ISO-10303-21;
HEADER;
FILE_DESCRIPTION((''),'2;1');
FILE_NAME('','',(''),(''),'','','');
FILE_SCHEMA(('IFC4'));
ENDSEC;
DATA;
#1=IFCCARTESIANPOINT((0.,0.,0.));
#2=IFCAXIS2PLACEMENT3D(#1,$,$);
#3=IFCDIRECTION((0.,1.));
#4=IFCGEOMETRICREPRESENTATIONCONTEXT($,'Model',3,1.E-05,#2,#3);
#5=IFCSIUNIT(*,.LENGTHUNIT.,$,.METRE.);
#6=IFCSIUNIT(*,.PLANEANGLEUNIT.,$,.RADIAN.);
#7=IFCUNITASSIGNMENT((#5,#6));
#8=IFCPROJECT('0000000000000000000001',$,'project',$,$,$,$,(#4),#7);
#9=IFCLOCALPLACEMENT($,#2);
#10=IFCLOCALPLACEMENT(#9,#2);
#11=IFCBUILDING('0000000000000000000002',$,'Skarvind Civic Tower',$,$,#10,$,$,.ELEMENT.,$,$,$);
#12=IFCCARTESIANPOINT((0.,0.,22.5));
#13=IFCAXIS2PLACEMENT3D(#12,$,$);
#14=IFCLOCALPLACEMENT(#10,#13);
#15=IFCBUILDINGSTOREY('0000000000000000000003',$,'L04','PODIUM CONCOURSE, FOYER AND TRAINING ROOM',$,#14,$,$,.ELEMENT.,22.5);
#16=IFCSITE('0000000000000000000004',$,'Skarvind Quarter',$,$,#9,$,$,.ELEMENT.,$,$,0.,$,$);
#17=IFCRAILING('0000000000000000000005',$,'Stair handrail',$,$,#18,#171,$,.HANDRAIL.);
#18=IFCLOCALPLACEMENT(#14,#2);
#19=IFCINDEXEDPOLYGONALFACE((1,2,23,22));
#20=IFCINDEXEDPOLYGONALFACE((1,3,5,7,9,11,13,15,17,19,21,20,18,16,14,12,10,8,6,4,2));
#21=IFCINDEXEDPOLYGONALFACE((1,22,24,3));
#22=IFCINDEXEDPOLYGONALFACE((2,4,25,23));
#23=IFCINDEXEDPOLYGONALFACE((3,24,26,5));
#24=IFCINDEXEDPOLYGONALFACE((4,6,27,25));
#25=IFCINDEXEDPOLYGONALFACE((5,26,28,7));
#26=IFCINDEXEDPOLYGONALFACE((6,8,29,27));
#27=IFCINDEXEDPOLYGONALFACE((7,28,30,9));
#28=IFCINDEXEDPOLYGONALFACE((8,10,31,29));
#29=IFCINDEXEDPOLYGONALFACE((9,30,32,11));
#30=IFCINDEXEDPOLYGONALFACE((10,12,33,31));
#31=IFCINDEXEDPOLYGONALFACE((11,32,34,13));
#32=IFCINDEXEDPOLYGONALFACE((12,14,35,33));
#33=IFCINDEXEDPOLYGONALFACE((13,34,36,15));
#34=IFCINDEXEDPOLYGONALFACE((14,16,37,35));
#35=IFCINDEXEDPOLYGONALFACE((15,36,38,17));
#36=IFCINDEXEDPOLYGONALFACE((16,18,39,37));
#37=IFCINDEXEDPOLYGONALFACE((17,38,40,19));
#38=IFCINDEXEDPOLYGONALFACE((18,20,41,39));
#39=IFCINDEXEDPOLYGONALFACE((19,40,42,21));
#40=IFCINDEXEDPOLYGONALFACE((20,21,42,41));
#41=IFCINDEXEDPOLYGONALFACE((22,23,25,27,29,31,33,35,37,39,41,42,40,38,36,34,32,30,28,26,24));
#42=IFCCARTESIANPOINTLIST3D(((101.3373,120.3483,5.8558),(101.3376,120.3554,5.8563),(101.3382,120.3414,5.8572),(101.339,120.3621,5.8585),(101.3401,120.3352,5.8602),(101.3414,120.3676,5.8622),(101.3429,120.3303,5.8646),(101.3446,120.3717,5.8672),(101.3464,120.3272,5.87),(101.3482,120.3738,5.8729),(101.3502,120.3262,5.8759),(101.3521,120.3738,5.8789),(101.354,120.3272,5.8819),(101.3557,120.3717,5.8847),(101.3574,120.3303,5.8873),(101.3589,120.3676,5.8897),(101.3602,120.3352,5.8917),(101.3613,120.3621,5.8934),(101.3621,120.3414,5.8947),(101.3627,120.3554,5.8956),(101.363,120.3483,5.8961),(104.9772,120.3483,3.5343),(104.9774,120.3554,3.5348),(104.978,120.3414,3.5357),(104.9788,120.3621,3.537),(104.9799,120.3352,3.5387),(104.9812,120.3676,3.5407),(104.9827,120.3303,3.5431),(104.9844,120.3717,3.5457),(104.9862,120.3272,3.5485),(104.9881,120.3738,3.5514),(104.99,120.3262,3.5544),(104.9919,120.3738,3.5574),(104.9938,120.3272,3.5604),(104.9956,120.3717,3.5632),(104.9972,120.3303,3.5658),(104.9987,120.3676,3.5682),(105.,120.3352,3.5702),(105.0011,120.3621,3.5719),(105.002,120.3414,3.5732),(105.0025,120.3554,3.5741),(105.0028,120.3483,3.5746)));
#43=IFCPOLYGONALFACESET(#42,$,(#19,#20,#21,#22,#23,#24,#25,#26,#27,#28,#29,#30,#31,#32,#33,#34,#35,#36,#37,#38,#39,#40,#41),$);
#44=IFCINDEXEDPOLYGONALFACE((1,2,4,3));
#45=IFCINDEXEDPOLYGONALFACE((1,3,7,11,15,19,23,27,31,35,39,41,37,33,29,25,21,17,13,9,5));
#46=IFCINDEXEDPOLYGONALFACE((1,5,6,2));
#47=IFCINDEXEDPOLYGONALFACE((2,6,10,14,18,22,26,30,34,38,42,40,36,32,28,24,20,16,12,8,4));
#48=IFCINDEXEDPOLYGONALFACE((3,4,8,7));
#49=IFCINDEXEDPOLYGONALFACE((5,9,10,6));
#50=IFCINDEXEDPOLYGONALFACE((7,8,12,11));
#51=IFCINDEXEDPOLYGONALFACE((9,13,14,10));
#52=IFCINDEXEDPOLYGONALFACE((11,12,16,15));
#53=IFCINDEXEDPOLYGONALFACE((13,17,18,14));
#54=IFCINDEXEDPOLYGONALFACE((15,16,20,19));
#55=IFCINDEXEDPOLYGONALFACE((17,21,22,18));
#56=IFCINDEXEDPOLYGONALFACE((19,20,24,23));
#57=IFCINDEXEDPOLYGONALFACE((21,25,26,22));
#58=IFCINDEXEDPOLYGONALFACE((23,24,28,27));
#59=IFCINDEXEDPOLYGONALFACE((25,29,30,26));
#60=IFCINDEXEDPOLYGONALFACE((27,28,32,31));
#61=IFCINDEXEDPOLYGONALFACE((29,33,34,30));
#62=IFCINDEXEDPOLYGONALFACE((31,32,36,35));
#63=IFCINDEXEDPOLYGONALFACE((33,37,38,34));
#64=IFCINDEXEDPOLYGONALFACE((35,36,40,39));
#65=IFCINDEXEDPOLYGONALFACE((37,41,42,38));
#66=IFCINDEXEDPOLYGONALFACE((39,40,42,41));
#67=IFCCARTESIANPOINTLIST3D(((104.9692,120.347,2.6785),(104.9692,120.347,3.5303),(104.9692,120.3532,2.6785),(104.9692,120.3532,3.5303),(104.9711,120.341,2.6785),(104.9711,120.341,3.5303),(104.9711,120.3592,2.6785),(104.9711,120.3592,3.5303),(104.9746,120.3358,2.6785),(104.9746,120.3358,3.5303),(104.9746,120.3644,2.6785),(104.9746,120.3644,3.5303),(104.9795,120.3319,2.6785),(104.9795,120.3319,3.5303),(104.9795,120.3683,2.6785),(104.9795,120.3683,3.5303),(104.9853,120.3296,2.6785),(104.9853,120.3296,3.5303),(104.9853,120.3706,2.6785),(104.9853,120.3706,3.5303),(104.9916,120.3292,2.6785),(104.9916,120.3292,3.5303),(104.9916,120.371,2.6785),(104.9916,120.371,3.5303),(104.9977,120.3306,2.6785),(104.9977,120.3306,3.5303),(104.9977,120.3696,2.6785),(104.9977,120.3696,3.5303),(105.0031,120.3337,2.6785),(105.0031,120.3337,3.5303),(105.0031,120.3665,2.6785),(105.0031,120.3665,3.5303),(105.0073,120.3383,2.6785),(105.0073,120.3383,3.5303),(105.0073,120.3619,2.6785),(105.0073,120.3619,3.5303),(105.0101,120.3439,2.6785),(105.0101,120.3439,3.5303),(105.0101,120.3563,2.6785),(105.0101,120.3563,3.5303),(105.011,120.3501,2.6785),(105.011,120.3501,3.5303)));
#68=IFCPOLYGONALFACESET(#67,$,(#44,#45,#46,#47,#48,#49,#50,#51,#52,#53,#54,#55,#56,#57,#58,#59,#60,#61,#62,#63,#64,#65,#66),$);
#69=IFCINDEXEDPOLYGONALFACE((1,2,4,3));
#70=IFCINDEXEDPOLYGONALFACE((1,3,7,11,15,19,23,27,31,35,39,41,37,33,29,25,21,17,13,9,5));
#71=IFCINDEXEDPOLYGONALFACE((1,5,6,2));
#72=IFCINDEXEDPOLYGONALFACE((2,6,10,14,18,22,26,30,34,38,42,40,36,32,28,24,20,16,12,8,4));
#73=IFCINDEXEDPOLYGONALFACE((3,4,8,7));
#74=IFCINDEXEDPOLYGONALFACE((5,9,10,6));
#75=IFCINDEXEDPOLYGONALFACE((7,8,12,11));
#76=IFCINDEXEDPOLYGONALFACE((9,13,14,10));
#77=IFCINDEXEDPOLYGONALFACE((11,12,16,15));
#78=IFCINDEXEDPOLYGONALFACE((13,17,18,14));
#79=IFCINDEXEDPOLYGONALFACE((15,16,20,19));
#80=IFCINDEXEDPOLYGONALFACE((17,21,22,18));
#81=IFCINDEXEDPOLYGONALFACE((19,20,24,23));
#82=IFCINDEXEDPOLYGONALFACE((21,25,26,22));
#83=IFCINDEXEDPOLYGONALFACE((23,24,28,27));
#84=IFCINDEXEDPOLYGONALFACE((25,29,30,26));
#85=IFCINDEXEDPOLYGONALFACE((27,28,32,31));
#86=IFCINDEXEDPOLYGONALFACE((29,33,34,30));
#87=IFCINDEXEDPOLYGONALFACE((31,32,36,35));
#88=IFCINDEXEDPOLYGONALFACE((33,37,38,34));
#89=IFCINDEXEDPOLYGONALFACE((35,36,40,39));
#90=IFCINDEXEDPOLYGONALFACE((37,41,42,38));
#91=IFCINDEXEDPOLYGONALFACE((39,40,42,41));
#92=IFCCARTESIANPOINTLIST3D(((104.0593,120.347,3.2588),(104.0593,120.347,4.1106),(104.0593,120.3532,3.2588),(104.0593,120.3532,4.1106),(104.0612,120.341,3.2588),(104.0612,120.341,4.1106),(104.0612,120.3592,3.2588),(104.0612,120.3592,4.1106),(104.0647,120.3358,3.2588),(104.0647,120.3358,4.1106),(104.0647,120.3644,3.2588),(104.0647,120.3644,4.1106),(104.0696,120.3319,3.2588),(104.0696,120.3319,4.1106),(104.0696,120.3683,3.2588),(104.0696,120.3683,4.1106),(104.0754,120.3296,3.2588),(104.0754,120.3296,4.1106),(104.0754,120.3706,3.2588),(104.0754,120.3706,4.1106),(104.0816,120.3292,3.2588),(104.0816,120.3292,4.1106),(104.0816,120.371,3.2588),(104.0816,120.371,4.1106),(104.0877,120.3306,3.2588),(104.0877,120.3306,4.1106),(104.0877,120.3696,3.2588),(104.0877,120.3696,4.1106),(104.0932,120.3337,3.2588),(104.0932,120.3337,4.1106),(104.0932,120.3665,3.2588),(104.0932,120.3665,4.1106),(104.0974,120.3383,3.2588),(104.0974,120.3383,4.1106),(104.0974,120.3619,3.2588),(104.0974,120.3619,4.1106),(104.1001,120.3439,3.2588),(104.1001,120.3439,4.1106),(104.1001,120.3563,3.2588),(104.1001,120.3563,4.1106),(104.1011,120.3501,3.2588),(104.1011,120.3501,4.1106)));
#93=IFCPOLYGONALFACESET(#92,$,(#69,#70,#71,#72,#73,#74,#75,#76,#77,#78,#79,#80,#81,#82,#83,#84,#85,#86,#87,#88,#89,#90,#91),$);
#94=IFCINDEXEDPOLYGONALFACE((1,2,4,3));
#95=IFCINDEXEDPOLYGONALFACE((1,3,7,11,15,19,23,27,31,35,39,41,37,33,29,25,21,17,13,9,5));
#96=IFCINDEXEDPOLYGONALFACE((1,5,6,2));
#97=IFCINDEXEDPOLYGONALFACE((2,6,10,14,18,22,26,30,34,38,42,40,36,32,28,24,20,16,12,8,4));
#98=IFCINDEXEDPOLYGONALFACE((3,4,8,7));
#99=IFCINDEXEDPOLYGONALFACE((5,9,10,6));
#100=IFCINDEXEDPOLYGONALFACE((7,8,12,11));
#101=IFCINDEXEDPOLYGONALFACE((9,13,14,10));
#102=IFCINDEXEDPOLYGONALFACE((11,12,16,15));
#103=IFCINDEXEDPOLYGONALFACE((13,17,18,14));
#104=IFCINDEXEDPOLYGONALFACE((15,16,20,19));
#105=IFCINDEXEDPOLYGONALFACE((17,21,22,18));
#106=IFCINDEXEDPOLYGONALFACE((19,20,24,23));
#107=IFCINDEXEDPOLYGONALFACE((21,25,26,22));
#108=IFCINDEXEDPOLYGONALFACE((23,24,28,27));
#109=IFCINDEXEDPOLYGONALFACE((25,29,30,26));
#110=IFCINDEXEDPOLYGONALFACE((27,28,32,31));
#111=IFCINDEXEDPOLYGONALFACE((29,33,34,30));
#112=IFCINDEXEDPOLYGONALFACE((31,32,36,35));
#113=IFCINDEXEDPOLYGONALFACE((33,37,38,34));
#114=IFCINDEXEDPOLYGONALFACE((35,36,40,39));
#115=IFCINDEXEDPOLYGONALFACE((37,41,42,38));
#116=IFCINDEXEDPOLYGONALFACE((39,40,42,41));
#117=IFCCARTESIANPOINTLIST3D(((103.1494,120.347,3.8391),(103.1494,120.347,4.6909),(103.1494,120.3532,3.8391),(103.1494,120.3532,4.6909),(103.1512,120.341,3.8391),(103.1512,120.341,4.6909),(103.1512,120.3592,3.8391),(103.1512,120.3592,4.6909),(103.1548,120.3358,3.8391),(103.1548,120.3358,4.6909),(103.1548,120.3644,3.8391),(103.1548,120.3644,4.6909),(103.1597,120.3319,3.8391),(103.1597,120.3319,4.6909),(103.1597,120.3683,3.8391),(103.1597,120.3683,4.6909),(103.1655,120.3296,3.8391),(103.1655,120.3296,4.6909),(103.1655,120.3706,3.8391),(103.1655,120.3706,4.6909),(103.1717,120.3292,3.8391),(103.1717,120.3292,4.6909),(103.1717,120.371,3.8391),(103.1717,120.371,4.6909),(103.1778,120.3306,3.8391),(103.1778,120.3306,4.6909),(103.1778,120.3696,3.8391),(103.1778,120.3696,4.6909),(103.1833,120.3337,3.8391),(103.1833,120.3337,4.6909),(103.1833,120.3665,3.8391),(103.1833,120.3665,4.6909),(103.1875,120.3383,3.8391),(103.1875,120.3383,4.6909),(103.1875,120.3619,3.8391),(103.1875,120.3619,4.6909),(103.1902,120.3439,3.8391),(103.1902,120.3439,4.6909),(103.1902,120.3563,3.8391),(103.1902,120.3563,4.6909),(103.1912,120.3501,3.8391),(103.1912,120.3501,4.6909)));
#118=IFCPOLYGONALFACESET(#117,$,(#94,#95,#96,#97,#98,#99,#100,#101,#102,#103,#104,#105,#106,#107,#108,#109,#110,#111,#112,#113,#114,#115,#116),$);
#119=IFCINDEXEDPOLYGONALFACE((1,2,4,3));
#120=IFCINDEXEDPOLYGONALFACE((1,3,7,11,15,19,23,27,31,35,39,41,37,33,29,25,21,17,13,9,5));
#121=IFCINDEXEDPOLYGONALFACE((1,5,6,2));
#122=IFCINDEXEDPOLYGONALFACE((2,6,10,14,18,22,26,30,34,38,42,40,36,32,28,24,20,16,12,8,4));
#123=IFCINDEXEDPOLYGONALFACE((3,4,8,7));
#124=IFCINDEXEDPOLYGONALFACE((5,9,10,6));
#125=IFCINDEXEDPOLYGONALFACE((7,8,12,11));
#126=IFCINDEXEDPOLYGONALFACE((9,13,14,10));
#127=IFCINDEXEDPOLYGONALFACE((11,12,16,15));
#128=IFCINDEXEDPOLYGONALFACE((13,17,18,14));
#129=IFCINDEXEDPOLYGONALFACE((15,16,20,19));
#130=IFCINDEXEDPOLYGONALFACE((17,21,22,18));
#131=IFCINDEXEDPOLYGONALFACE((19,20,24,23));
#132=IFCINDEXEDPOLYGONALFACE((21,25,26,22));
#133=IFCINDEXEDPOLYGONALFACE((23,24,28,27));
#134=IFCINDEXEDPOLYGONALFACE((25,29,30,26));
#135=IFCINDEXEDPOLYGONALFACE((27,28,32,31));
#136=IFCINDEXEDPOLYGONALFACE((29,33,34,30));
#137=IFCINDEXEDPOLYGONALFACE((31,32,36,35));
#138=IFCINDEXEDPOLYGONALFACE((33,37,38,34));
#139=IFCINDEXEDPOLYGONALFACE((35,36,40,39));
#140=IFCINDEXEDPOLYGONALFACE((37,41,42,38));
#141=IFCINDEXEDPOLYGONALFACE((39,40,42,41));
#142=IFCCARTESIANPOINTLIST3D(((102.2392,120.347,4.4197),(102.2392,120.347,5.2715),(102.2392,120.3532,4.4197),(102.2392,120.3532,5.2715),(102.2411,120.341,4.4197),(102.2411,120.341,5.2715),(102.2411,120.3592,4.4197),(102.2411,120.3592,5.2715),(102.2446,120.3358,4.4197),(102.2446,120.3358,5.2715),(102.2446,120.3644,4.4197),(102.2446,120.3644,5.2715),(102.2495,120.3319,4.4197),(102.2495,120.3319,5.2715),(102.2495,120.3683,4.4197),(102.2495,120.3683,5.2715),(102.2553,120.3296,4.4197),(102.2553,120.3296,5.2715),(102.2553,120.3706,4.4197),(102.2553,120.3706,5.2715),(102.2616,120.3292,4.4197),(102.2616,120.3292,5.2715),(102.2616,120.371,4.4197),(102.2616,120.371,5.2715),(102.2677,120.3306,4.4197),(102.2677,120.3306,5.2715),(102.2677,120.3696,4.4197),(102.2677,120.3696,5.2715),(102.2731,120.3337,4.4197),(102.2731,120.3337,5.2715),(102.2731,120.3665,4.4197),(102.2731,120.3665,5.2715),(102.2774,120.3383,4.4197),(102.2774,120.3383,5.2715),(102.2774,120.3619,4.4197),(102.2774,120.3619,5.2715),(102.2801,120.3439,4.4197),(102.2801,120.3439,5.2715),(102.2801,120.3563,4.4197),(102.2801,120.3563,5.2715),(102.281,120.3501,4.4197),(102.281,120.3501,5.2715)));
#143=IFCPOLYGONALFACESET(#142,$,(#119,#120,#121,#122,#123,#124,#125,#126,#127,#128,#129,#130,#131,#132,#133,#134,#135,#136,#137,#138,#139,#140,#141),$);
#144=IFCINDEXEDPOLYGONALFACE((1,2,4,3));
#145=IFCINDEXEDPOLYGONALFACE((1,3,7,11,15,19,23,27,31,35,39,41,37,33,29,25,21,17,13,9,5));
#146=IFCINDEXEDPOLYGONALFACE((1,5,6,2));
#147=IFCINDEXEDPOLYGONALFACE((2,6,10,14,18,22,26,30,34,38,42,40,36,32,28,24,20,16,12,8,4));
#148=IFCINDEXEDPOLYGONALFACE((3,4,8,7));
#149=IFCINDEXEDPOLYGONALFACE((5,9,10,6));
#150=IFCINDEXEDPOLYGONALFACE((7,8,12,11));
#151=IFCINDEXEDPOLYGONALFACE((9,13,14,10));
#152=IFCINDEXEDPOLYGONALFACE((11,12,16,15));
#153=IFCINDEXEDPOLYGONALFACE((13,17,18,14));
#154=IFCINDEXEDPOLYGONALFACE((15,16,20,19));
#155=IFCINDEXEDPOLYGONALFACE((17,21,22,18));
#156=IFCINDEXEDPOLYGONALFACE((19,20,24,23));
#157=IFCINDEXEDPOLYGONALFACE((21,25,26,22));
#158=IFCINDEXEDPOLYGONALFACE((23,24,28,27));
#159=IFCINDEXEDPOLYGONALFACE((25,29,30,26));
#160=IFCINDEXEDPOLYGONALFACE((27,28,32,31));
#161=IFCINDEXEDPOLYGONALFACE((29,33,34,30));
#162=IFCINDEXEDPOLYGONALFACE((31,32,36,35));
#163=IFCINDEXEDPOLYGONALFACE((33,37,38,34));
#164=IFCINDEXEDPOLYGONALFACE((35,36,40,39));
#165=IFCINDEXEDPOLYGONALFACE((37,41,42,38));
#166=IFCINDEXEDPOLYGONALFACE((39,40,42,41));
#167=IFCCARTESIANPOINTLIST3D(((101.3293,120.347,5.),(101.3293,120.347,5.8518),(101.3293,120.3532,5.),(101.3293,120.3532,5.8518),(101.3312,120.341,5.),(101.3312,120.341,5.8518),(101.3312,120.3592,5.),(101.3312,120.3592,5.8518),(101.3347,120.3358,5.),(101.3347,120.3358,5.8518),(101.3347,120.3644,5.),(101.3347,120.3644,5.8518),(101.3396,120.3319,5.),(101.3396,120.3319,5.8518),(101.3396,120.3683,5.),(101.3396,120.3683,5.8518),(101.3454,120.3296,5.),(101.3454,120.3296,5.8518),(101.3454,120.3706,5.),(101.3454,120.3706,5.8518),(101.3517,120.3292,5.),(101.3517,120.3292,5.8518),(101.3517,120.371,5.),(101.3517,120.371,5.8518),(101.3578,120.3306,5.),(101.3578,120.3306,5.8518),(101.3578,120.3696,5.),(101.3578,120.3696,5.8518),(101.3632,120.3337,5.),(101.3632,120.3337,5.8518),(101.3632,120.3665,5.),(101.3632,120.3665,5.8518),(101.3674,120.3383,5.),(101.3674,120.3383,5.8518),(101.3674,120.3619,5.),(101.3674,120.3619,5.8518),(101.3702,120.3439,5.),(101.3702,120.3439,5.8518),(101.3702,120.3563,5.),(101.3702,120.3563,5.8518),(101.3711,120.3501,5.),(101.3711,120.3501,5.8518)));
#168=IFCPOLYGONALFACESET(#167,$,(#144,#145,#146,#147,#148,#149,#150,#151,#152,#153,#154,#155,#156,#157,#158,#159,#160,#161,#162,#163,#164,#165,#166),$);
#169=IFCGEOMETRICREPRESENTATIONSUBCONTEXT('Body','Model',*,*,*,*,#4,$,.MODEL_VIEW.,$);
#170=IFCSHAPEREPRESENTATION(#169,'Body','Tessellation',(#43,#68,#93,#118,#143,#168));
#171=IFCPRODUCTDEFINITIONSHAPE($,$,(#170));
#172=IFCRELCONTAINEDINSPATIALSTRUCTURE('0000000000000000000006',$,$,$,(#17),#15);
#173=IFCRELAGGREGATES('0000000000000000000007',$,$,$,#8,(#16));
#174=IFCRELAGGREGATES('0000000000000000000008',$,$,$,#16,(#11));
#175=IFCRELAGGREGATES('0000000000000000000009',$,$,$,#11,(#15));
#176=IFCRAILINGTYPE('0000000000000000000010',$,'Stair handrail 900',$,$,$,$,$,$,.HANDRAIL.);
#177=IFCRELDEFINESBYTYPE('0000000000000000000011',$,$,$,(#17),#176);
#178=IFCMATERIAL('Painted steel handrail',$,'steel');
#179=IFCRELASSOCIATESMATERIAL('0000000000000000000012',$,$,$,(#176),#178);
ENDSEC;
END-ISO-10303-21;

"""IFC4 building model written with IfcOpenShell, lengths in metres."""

from ifc_helpers import new_model, si_unit, direction, frame, origin, origin_2d, place, context, subcontext, project, spatial, circle, extrude, material, type_object, element, save


model = new_model("IFC4")

# Units and contexts
model_context = context("Model", 3, precision=1e-05, world=origin(), true_north=direction((0.0, 1.0)))
body_context = subcontext(model_context, "Body", "Model", "MODEL_VIEW")
ifc_project = project(units=[si_unit("LENGTHUNIT", "METRE"), si_unit("PLANEANGLEUNIT", "RADIAN")], contexts=[model_context])

# Site, building, storey
site_placement = place(None, origin())
site = spatial("IfcSite", under=ifc_project, at=site_placement, Name="Skarvind Quarter", CompositionType="ELEMENT", RefElevation=0.0)
building_placement = place(site_placement, origin())
building = spatial("IfcBuilding", under=site, at=building_placement, Name="Skarvind Civic Tower", CompositionType="ELEMENT")
storey_placement = place(building_placement, frame((0.0, 0.0, 22.5)))
storey = spatial("IfcBuildingStorey", under=building, at=storey_placement, Name="L04", Description="PODIUM CONCOURSE, FOYER AND TRAINING ROOM", CompositionType="ELEMENT", Elevation=22.5)

# Railing
ifc_material_1 = material(Name="Painted steel handrail", Category="steel")
railing_type = type_object("IfcRailingType", Name="Stair handrail 900", PredefinedType="HANDRAIL", material=ifc_material_1)
railing_1_placement = place(storey_placement, frame((104.99, 120.3501, 2.6785)))
element("IfcRailing", 1, at=railing_1_placement, inside=storey, type_object=railing_type, Name="Stair handrail", PredefinedType="HANDRAIL", context=body_context, shape_type="SweptSolid", body=[
    extrude(circle(Radius=0.0239, at=origin_2d()), frame((0.0, 0.0, 0.876), z_axis=(-0.843112, 0.0, 0.537739), x_axis=(0.0, -1.0, 0.0)), (0.0, 0.0, 1.0), 4.3171),
    extrude(circle(Radius=0.021, at=origin_2d()), origin(), (0.0, 0.0, 1.0), 0.8518),
    extrude(circle(Radius=0.021, at=origin_2d()), frame((-0.9099, 0.0, 0.5803)), (0.0, 0.0, 1.0), 0.8518),
    extrude(circle(Radius=0.021, at=origin_2d()), frame((-1.8198, 0.0, 1.1606)), (0.0, 0.0, 1.0), 0.8518),
    extrude(circle(Radius=0.021, at=origin_2d()), frame((-2.73, 0.0, 1.7412)), (0.0, 0.0, 1.0), 0.8518),
    extrude(circle(Radius=0.021, at=origin_2d()), frame((-3.6399, 0.0, 2.3215)), (0.0, 0.0, 1.0), 0.8518),
])

save(model, "model.ifc")
